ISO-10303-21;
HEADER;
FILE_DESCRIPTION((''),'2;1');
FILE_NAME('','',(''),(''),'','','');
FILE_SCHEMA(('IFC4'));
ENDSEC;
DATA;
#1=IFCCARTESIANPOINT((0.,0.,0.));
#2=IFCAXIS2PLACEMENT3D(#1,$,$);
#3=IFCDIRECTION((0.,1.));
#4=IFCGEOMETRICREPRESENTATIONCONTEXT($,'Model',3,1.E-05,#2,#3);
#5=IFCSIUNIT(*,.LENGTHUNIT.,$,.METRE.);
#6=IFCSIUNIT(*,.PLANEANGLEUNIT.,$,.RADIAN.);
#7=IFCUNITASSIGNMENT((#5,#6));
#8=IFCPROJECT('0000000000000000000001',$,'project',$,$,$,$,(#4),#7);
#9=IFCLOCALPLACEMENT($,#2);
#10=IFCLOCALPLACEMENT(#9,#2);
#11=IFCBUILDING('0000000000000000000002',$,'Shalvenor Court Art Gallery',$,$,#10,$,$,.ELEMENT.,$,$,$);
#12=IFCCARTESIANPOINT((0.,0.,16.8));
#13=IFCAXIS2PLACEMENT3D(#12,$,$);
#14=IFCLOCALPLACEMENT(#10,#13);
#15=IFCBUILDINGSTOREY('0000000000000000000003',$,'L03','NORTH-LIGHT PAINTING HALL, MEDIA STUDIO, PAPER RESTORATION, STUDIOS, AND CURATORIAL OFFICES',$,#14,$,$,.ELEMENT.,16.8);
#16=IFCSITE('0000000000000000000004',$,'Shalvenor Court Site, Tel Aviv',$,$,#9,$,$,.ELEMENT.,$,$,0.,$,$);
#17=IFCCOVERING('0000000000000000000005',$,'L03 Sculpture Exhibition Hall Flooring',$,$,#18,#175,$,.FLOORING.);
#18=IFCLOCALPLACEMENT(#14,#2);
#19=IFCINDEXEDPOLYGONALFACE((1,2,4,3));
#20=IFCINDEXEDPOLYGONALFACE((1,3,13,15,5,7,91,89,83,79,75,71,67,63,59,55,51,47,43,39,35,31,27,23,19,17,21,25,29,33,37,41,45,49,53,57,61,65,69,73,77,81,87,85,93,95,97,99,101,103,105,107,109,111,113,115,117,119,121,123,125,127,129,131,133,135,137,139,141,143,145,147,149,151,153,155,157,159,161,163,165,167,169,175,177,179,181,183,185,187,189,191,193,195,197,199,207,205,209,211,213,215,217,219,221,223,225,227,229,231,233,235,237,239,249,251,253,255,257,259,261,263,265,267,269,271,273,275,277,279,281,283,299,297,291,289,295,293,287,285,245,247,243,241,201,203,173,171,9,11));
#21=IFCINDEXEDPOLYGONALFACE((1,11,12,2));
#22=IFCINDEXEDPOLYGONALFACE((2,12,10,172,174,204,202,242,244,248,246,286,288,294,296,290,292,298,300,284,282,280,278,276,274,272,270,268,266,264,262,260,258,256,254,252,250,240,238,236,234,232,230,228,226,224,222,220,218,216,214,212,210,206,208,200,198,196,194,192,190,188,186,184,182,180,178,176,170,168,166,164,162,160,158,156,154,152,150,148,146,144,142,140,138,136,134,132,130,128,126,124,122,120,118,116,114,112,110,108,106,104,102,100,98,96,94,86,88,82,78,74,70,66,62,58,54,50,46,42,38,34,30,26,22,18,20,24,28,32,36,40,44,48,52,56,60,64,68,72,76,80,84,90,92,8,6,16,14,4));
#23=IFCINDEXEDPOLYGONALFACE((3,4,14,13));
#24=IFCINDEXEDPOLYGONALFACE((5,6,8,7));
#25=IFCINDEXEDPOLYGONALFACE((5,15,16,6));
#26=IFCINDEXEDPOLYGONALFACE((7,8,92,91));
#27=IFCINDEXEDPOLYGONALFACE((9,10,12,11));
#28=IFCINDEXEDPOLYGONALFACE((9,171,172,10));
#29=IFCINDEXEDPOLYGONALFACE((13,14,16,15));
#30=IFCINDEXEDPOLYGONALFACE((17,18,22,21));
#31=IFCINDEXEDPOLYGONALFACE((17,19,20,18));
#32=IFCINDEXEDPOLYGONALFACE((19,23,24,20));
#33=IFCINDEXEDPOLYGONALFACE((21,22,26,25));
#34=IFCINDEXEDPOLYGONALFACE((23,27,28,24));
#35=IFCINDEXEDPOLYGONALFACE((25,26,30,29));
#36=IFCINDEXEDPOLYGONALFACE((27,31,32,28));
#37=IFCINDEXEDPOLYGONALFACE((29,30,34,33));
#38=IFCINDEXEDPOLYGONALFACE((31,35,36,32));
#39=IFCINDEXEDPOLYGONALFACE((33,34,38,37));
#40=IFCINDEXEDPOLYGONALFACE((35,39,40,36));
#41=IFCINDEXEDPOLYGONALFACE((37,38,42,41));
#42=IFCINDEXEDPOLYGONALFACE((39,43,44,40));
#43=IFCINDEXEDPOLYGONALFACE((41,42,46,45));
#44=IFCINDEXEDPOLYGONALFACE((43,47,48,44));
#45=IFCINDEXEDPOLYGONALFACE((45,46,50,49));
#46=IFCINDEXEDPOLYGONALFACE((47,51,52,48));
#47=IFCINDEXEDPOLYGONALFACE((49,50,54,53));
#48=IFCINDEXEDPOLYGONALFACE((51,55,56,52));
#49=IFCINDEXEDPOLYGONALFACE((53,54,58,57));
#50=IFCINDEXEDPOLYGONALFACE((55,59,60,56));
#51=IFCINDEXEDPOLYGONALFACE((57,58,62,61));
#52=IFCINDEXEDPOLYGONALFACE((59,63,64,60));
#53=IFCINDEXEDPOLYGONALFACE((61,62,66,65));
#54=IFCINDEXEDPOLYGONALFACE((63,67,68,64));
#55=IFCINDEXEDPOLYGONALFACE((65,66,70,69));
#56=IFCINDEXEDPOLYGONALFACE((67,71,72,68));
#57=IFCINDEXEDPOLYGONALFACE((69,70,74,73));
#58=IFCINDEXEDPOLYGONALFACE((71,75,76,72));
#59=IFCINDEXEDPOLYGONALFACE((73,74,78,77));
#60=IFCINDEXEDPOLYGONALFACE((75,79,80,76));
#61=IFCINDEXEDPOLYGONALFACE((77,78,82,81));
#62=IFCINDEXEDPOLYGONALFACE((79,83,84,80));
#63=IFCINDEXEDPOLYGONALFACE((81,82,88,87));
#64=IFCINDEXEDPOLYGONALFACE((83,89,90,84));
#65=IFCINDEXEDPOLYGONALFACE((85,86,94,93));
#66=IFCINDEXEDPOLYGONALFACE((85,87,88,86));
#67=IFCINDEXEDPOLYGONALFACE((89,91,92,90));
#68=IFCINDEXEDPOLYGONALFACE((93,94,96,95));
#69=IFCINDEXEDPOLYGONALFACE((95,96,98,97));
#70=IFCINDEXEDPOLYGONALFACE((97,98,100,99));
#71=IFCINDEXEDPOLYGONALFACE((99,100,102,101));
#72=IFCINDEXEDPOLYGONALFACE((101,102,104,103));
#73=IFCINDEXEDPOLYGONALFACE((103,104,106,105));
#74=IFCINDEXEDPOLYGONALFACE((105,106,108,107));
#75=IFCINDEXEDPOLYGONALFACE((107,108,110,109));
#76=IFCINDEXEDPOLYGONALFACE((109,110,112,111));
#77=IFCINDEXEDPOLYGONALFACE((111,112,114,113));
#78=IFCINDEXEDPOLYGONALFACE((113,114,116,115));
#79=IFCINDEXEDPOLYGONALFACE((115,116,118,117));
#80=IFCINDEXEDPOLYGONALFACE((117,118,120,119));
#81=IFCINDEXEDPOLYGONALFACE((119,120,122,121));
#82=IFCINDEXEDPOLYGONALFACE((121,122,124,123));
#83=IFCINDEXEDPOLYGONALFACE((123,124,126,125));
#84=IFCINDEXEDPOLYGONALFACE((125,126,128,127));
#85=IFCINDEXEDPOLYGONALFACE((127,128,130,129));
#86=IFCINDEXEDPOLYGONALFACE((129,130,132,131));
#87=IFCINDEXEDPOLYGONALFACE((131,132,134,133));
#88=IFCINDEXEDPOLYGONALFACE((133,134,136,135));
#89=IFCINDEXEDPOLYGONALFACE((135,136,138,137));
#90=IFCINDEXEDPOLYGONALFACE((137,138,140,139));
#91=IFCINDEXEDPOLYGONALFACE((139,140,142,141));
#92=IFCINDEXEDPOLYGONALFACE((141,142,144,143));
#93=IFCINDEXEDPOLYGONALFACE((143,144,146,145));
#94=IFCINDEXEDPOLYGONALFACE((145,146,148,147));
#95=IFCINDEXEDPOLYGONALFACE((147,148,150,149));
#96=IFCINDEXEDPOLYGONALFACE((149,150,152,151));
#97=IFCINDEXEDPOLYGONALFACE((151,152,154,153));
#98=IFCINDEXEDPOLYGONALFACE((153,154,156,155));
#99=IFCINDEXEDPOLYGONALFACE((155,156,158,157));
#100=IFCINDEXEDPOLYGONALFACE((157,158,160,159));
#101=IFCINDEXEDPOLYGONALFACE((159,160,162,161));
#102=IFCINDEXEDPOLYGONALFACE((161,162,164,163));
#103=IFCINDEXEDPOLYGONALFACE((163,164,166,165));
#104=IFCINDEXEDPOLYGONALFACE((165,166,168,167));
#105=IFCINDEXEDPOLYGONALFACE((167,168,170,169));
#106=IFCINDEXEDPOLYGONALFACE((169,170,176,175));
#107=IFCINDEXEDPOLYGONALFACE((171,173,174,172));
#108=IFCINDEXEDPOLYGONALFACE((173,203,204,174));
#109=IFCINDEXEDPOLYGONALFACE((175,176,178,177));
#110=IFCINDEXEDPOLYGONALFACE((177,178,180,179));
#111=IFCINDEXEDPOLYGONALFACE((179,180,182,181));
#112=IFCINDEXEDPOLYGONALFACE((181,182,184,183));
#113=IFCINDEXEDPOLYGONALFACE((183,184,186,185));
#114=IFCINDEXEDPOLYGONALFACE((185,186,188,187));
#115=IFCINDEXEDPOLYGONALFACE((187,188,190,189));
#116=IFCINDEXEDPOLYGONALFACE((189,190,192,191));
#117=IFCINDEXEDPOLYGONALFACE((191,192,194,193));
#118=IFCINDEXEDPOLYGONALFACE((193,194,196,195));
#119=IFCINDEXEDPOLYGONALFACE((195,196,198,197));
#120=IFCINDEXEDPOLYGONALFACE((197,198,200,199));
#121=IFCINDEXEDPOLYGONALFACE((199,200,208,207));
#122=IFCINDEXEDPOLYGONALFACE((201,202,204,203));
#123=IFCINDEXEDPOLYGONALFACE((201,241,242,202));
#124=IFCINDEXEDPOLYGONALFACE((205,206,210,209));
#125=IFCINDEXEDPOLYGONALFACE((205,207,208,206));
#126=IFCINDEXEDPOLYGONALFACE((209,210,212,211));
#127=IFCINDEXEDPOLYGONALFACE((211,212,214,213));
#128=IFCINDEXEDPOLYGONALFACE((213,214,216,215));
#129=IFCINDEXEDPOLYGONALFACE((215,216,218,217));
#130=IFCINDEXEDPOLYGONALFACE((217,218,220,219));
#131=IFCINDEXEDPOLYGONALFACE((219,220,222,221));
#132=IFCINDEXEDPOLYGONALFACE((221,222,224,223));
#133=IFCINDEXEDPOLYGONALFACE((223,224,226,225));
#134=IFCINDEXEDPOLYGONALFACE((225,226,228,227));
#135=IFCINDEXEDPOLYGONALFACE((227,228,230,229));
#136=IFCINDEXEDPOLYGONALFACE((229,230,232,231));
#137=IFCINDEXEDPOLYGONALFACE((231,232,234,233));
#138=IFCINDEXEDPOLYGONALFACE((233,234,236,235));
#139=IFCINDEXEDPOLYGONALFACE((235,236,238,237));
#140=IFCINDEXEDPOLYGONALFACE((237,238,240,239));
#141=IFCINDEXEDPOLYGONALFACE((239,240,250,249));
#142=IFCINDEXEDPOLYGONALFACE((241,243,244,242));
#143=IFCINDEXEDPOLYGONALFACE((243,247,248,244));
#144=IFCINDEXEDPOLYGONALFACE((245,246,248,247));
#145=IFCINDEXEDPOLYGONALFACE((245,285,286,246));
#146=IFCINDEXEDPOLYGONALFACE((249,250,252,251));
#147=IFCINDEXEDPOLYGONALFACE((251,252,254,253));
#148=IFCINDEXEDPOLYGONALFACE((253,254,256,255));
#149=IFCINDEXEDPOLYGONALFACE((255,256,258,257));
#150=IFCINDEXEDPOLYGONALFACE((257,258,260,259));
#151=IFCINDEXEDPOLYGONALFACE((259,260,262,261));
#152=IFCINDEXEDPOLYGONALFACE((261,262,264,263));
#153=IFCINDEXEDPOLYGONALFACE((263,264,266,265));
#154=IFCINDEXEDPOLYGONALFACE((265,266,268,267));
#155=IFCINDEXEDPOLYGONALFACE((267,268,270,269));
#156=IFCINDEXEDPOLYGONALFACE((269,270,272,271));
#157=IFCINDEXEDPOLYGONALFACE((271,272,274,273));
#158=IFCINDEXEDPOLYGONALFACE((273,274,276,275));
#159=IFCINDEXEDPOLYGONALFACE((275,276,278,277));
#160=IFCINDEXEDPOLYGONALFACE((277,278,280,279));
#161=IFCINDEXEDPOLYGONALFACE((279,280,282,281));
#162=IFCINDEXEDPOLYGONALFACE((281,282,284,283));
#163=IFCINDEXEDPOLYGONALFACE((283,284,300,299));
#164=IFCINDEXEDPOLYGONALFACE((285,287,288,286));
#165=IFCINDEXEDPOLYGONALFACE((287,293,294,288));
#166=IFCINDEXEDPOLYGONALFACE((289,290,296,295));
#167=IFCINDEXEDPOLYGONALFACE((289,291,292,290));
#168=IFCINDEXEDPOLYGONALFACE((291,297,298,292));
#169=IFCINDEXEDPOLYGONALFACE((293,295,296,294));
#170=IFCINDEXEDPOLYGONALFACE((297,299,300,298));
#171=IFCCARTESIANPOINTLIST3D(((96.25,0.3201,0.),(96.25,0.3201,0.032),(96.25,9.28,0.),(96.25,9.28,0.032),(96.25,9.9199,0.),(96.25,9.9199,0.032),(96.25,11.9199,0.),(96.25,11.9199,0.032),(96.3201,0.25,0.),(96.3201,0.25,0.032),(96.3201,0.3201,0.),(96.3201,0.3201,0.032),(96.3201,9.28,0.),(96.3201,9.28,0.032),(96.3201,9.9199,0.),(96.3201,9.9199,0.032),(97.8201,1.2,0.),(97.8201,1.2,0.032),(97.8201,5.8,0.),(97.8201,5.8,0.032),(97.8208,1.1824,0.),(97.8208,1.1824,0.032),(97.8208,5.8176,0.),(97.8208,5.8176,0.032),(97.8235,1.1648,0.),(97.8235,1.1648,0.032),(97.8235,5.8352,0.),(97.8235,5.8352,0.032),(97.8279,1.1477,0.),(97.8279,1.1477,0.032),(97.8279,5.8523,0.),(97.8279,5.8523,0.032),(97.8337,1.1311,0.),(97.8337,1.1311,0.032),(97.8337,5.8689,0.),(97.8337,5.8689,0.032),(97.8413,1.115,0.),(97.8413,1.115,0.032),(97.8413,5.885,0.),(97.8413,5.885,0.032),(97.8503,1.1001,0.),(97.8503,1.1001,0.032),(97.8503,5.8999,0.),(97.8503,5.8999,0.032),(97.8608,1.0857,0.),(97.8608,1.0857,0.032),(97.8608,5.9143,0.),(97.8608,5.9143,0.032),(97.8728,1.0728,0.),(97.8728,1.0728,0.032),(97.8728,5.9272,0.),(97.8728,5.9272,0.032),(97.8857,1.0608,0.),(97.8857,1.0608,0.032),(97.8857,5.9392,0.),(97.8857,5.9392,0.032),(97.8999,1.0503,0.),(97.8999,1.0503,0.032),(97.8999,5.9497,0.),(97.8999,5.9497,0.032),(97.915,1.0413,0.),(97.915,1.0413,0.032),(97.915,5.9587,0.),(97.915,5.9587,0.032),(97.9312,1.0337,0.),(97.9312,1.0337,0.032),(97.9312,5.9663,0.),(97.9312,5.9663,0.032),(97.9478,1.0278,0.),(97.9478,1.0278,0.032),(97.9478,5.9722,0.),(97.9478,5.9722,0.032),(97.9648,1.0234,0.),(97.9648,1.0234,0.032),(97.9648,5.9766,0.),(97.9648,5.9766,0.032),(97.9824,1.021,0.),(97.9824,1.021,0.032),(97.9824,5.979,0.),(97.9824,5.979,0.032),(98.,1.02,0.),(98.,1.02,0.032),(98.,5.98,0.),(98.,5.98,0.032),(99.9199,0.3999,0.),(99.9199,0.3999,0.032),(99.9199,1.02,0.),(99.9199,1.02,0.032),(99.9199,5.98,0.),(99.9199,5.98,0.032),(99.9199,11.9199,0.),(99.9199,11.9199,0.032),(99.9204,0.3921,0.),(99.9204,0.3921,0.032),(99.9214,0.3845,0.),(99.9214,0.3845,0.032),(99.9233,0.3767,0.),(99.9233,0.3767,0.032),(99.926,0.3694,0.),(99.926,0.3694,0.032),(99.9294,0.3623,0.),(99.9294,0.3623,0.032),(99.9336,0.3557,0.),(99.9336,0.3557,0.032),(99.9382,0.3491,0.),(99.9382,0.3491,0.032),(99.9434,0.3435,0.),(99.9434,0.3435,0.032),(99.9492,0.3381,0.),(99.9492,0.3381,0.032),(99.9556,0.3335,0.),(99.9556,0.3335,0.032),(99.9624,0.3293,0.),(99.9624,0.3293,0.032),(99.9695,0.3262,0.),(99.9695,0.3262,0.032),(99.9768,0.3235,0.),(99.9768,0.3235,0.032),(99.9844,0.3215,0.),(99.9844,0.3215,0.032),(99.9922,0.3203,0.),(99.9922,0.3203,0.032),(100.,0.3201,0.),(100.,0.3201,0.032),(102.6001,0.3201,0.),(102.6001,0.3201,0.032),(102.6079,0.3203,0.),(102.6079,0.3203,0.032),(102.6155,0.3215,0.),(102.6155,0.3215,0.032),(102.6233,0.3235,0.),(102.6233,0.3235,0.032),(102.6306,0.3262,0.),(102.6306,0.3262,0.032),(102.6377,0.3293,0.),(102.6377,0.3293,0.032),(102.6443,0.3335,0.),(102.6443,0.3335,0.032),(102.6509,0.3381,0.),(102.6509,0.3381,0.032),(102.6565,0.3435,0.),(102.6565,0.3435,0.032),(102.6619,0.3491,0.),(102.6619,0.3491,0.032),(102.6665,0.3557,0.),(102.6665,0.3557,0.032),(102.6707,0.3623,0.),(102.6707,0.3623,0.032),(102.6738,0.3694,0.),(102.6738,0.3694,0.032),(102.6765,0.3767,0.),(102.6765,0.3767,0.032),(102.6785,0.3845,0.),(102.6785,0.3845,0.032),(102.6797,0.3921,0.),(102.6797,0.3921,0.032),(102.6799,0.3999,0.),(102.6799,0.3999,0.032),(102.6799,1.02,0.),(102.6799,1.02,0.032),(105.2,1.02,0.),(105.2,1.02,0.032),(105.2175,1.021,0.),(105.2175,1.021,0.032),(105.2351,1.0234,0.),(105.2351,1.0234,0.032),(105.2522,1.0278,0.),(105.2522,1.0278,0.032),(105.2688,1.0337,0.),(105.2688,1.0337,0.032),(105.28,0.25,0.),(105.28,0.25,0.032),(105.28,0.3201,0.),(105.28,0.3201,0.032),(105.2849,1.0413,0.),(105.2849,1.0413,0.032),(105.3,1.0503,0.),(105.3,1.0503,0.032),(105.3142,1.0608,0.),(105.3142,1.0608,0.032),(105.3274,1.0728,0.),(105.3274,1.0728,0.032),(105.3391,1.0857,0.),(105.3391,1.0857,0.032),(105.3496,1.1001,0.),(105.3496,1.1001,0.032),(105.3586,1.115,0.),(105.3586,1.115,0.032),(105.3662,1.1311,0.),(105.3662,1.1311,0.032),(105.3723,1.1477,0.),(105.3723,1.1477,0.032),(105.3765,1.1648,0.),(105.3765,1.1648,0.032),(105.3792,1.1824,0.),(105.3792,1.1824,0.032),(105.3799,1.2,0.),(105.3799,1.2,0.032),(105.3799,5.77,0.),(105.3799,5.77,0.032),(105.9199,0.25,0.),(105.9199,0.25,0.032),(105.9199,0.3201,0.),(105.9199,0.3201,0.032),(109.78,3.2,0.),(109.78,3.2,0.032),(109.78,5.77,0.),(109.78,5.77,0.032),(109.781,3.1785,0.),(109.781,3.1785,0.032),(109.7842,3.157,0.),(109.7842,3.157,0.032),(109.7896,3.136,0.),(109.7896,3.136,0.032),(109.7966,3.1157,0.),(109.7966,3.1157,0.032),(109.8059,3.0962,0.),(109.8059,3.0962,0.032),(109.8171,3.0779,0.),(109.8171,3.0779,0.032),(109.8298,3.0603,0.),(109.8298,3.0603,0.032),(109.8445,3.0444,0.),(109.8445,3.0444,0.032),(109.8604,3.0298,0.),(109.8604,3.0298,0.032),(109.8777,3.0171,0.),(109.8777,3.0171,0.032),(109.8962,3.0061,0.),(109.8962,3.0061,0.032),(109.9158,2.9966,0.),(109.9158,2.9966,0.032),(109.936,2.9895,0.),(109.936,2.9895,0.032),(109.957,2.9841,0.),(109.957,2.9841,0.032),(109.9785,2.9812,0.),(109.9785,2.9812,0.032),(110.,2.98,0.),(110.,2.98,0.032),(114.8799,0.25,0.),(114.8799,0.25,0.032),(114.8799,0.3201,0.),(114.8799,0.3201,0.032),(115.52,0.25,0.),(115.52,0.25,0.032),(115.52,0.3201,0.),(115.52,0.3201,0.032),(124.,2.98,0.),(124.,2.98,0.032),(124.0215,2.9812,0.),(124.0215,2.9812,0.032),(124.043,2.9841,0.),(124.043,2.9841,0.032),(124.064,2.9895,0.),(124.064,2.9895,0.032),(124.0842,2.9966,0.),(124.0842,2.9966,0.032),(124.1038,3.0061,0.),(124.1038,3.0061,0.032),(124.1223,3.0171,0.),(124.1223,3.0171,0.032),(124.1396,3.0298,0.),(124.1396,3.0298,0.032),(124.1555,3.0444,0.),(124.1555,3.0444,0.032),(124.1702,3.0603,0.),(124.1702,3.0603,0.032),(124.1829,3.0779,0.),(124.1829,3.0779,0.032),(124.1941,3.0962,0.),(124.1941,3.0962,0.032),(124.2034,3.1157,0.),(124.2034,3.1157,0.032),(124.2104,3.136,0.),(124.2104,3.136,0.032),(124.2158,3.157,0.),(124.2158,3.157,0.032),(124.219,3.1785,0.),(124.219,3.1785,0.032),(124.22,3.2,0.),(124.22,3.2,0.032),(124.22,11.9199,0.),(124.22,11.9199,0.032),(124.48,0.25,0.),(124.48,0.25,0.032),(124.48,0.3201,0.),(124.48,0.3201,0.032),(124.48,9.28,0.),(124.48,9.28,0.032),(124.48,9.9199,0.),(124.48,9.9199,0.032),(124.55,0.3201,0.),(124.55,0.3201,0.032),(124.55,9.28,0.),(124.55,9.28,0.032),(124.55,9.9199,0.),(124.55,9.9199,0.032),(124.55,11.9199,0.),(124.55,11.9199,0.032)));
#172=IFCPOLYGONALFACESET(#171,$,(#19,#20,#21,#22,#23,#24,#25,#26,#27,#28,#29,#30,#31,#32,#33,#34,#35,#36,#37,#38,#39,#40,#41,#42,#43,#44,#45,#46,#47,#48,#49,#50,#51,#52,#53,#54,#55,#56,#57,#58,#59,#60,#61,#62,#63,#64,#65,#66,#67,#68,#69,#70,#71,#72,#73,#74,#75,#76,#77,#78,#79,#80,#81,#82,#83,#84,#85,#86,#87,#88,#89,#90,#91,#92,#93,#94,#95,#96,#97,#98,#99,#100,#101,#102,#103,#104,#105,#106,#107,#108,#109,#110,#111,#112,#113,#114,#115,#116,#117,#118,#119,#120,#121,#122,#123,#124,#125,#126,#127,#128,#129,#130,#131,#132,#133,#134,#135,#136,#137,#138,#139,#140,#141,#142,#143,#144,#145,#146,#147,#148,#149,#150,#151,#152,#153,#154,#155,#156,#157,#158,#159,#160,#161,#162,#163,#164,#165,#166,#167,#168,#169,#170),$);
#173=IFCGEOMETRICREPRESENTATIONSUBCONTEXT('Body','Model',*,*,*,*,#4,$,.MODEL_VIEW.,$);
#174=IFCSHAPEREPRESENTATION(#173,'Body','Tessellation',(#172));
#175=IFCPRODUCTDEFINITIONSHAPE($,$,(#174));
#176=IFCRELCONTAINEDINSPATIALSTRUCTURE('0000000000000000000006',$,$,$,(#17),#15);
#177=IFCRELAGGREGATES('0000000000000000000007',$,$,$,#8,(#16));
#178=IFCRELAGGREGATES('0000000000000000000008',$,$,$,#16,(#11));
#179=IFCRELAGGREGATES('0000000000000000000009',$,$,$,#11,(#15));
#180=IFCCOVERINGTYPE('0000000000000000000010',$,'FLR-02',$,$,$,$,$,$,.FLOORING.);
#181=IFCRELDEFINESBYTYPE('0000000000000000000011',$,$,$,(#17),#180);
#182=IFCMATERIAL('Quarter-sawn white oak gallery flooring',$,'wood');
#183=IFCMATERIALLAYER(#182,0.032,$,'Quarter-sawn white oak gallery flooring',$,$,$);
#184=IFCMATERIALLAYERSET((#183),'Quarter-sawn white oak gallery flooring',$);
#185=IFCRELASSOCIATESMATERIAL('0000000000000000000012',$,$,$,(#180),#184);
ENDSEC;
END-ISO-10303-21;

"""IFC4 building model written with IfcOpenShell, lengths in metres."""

from ifc_helpers import new_model, si_unit, direction, frame, origin, place, context, subcontext, project, spatial, polyline, outline, extrude, material, layer, layer_set, type_object, element, save


model = new_model("IFC4")

# Units and contexts
model_context = context("Model", 3, precision=1e-05, world=origin(), true_north=direction((0.0, 1.0)))
body_context = subcontext(model_context, "Body", "Model", "MODEL_VIEW")
ifc_project = project(units=[si_unit("LENGTHUNIT", "METRE"), si_unit("PLANEANGLEUNIT", "RADIAN")], contexts=[model_context])

# Site, building, storey
site_placement = place(None, origin())
site = spatial("IfcSite", under=ifc_project, at=site_placement, Name="Shalvenor Court Site, Tel Aviv", CompositionType="ELEMENT", RefElevation=0.0)
building_placement = place(site_placement, origin())
building = spatial("IfcBuilding", under=site, at=building_placement, Name="Shalvenor Court Art Gallery", CompositionType="ELEMENT")
storey_placement = place(building_placement, frame((0.0, 0.0, 16.8)))
storey = spatial("IfcBuildingStorey", under=building, at=storey_placement, Name="L03", Description="NORTH-LIGHT PAINTING HALL, MEDIA STUDIO, PAPER RESTORATION, STUDIOS, AND CURATORIAL OFFICES", CompositionType="ELEMENT", Elevation=16.8)

# Covering
ifc_material_1 = material(Name="Quarter-sawn white oak gallery flooring", Category="wood")
ifc_layer_1 = layer(ifc_material_1, 0.032, Name="Quarter-sawn white oak gallery flooring")
ifc_layer_set_1 = layer_set([ifc_layer_1], Name="Quarter-sawn white oak gallery flooring")
covering_type_1 = type_object("IfcCoveringType", Name="FLR-02", PredefinedType="FLOORING", material=ifc_layer_set_1)
covering_1_placement = place(storey_placement, origin())
element("IfcCovering", 1, at=covering_1_placement, inside=storey, type_object=covering_type_1, Name="L03 Sculpture Exhibition Hall Flooring", PredefinedType="FLOORING", context=body_context, shape_type="SweptSolid", body=[
    extrude(outline(polyline([(115.52, 0.25), (115.52, 0.3201), (114.8799, 0.3201), (114.8799, 0.25), (105.9199, 0.25), (105.9199, 0.3201), (105.28, 0.3201), (105.28, 0.25), (96.3201, 0.25), (96.3201, 0.3201), (96.25, 0.3201), (96.25, 9.28), (96.3201, 9.28), (96.3201, 9.9199), (96.25, 9.9199), (96.25, 11.9199), (99.9199, 11.9199), (99.9199, 5.98), (98.0, 5.98), (97.9824, 5.979), (97.9648, 5.9766), (97.9478, 5.9722), (97.9312, 5.9663), (97.915, 5.9587), (97.8999, 5.9497), (97.8857, 5.9392), (97.8728, 5.9272), (97.8608, 5.9143), (97.8503, 5.8999), (97.8413, 5.885), (97.8337, 5.8689), (97.8279, 5.8523), (97.8235, 5.8352), (97.8208, 5.8176), (97.8201, 5.8), (97.8201, 1.2), (97.8208, 1.1824), (97.8235, 1.1648), (97.8279, 1.1477), (97.8337, 1.1311), (97.8413, 1.115), (97.8503, 1.1001), (97.8608, 1.0857), (97.8728, 1.0728), (97.8857, 1.0608), (97.8999, 1.0503), (97.915, 1.0413), (97.9312, 1.0337), (97.9478, 1.0278), (97.9648, 1.0234), (97.9824, 1.021), (98.0, 1.02), (99.9199, 1.02), (99.9199, 0.3999), (99.9204, 0.3921), (99.9214, 0.3845), (99.9233, 0.3767), (99.926, 0.3694), (99.9294, 0.3623), (99.9336, 0.3557), (99.9382, 0.3491), (99.9434, 0.3435), (99.9492, 0.3381), (99.9556, 0.3335), (99.9624, 0.3293), (99.9695, 0.3262), (99.9768, 0.3235), (99.9844, 0.3215), (99.9922, 0.3203), (100.0, 0.3201), (102.6001, 0.3201), (102.6079, 0.3203), (102.6155, 0.3215), (102.6233, 0.3235), (102.6306, 0.3262), (102.6377, 0.3293), (102.6443, 0.3335), (102.6509, 0.3381), (102.6565, 0.3435), (102.6619, 0.3491), (102.6665, 0.3557), (102.6707, 0.3623), (102.6738, 0.3694), (102.6765, 0.3767), (102.6785, 0.3845), (102.6797, 0.3921), (102.6799, 0.3999), (102.6799, 1.02), (105.2, 1.02), (105.2175, 1.021), (105.2351, 1.0234), (105.2522, 1.0278), (105.2688, 1.0337), (105.2849, 1.0413), (105.3, 1.0503), (105.3142, 1.0608), (105.3274, 1.0728), (105.3391, 1.0857), (105.3496, 1.1001), (105.3586, 1.115), (105.3662, 1.1311), (105.3723, 1.1477), (105.3765, 1.1648), (105.3792, 1.1824), (105.3799, 1.2), (105.3799, 5.77), (109.78, 5.77), (109.78, 3.2), (109.781, 3.1785), (109.7842, 3.157), (109.7896, 3.136), (109.7966, 3.1157), (109.8059, 3.0962), (109.8171, 3.0779), (109.8298, 3.0603), (109.8445, 3.0444), (109.8604, 3.0298), (109.8777, 3.0171), (109.8962, 3.0061), (109.9158, 2.9966), (109.936, 2.9895), (109.957, 2.9841), (109.9785, 2.9812), (110.0, 2.98), (124.0, 2.98), (124.0215, 2.9812), (124.043, 2.9841), (124.064, 2.9895), (124.0842, 2.9966), (124.1038, 3.0061), (124.1223, 3.0171), (124.1396, 3.0298), (124.1555, 3.0444), (124.1702, 3.0603), (124.1829, 3.0779), (124.1941, 3.0962), (124.2034, 3.1157), (124.2104, 3.136), (124.2158, 3.157), (124.219, 3.1785), (124.22, 3.2), (124.22, 11.9199), (124.55, 11.9199), (124.55, 9.9199), (124.48, 9.9199), (124.48, 9.28), (124.55, 9.28), (124.55, 0.3201), (124.48, 0.3201), (124.48, 0.25), (115.52, 0.25)])), origin(), (0.0, 0.0, 1.0), 0.032),
])

save(model, "model.ifc")
